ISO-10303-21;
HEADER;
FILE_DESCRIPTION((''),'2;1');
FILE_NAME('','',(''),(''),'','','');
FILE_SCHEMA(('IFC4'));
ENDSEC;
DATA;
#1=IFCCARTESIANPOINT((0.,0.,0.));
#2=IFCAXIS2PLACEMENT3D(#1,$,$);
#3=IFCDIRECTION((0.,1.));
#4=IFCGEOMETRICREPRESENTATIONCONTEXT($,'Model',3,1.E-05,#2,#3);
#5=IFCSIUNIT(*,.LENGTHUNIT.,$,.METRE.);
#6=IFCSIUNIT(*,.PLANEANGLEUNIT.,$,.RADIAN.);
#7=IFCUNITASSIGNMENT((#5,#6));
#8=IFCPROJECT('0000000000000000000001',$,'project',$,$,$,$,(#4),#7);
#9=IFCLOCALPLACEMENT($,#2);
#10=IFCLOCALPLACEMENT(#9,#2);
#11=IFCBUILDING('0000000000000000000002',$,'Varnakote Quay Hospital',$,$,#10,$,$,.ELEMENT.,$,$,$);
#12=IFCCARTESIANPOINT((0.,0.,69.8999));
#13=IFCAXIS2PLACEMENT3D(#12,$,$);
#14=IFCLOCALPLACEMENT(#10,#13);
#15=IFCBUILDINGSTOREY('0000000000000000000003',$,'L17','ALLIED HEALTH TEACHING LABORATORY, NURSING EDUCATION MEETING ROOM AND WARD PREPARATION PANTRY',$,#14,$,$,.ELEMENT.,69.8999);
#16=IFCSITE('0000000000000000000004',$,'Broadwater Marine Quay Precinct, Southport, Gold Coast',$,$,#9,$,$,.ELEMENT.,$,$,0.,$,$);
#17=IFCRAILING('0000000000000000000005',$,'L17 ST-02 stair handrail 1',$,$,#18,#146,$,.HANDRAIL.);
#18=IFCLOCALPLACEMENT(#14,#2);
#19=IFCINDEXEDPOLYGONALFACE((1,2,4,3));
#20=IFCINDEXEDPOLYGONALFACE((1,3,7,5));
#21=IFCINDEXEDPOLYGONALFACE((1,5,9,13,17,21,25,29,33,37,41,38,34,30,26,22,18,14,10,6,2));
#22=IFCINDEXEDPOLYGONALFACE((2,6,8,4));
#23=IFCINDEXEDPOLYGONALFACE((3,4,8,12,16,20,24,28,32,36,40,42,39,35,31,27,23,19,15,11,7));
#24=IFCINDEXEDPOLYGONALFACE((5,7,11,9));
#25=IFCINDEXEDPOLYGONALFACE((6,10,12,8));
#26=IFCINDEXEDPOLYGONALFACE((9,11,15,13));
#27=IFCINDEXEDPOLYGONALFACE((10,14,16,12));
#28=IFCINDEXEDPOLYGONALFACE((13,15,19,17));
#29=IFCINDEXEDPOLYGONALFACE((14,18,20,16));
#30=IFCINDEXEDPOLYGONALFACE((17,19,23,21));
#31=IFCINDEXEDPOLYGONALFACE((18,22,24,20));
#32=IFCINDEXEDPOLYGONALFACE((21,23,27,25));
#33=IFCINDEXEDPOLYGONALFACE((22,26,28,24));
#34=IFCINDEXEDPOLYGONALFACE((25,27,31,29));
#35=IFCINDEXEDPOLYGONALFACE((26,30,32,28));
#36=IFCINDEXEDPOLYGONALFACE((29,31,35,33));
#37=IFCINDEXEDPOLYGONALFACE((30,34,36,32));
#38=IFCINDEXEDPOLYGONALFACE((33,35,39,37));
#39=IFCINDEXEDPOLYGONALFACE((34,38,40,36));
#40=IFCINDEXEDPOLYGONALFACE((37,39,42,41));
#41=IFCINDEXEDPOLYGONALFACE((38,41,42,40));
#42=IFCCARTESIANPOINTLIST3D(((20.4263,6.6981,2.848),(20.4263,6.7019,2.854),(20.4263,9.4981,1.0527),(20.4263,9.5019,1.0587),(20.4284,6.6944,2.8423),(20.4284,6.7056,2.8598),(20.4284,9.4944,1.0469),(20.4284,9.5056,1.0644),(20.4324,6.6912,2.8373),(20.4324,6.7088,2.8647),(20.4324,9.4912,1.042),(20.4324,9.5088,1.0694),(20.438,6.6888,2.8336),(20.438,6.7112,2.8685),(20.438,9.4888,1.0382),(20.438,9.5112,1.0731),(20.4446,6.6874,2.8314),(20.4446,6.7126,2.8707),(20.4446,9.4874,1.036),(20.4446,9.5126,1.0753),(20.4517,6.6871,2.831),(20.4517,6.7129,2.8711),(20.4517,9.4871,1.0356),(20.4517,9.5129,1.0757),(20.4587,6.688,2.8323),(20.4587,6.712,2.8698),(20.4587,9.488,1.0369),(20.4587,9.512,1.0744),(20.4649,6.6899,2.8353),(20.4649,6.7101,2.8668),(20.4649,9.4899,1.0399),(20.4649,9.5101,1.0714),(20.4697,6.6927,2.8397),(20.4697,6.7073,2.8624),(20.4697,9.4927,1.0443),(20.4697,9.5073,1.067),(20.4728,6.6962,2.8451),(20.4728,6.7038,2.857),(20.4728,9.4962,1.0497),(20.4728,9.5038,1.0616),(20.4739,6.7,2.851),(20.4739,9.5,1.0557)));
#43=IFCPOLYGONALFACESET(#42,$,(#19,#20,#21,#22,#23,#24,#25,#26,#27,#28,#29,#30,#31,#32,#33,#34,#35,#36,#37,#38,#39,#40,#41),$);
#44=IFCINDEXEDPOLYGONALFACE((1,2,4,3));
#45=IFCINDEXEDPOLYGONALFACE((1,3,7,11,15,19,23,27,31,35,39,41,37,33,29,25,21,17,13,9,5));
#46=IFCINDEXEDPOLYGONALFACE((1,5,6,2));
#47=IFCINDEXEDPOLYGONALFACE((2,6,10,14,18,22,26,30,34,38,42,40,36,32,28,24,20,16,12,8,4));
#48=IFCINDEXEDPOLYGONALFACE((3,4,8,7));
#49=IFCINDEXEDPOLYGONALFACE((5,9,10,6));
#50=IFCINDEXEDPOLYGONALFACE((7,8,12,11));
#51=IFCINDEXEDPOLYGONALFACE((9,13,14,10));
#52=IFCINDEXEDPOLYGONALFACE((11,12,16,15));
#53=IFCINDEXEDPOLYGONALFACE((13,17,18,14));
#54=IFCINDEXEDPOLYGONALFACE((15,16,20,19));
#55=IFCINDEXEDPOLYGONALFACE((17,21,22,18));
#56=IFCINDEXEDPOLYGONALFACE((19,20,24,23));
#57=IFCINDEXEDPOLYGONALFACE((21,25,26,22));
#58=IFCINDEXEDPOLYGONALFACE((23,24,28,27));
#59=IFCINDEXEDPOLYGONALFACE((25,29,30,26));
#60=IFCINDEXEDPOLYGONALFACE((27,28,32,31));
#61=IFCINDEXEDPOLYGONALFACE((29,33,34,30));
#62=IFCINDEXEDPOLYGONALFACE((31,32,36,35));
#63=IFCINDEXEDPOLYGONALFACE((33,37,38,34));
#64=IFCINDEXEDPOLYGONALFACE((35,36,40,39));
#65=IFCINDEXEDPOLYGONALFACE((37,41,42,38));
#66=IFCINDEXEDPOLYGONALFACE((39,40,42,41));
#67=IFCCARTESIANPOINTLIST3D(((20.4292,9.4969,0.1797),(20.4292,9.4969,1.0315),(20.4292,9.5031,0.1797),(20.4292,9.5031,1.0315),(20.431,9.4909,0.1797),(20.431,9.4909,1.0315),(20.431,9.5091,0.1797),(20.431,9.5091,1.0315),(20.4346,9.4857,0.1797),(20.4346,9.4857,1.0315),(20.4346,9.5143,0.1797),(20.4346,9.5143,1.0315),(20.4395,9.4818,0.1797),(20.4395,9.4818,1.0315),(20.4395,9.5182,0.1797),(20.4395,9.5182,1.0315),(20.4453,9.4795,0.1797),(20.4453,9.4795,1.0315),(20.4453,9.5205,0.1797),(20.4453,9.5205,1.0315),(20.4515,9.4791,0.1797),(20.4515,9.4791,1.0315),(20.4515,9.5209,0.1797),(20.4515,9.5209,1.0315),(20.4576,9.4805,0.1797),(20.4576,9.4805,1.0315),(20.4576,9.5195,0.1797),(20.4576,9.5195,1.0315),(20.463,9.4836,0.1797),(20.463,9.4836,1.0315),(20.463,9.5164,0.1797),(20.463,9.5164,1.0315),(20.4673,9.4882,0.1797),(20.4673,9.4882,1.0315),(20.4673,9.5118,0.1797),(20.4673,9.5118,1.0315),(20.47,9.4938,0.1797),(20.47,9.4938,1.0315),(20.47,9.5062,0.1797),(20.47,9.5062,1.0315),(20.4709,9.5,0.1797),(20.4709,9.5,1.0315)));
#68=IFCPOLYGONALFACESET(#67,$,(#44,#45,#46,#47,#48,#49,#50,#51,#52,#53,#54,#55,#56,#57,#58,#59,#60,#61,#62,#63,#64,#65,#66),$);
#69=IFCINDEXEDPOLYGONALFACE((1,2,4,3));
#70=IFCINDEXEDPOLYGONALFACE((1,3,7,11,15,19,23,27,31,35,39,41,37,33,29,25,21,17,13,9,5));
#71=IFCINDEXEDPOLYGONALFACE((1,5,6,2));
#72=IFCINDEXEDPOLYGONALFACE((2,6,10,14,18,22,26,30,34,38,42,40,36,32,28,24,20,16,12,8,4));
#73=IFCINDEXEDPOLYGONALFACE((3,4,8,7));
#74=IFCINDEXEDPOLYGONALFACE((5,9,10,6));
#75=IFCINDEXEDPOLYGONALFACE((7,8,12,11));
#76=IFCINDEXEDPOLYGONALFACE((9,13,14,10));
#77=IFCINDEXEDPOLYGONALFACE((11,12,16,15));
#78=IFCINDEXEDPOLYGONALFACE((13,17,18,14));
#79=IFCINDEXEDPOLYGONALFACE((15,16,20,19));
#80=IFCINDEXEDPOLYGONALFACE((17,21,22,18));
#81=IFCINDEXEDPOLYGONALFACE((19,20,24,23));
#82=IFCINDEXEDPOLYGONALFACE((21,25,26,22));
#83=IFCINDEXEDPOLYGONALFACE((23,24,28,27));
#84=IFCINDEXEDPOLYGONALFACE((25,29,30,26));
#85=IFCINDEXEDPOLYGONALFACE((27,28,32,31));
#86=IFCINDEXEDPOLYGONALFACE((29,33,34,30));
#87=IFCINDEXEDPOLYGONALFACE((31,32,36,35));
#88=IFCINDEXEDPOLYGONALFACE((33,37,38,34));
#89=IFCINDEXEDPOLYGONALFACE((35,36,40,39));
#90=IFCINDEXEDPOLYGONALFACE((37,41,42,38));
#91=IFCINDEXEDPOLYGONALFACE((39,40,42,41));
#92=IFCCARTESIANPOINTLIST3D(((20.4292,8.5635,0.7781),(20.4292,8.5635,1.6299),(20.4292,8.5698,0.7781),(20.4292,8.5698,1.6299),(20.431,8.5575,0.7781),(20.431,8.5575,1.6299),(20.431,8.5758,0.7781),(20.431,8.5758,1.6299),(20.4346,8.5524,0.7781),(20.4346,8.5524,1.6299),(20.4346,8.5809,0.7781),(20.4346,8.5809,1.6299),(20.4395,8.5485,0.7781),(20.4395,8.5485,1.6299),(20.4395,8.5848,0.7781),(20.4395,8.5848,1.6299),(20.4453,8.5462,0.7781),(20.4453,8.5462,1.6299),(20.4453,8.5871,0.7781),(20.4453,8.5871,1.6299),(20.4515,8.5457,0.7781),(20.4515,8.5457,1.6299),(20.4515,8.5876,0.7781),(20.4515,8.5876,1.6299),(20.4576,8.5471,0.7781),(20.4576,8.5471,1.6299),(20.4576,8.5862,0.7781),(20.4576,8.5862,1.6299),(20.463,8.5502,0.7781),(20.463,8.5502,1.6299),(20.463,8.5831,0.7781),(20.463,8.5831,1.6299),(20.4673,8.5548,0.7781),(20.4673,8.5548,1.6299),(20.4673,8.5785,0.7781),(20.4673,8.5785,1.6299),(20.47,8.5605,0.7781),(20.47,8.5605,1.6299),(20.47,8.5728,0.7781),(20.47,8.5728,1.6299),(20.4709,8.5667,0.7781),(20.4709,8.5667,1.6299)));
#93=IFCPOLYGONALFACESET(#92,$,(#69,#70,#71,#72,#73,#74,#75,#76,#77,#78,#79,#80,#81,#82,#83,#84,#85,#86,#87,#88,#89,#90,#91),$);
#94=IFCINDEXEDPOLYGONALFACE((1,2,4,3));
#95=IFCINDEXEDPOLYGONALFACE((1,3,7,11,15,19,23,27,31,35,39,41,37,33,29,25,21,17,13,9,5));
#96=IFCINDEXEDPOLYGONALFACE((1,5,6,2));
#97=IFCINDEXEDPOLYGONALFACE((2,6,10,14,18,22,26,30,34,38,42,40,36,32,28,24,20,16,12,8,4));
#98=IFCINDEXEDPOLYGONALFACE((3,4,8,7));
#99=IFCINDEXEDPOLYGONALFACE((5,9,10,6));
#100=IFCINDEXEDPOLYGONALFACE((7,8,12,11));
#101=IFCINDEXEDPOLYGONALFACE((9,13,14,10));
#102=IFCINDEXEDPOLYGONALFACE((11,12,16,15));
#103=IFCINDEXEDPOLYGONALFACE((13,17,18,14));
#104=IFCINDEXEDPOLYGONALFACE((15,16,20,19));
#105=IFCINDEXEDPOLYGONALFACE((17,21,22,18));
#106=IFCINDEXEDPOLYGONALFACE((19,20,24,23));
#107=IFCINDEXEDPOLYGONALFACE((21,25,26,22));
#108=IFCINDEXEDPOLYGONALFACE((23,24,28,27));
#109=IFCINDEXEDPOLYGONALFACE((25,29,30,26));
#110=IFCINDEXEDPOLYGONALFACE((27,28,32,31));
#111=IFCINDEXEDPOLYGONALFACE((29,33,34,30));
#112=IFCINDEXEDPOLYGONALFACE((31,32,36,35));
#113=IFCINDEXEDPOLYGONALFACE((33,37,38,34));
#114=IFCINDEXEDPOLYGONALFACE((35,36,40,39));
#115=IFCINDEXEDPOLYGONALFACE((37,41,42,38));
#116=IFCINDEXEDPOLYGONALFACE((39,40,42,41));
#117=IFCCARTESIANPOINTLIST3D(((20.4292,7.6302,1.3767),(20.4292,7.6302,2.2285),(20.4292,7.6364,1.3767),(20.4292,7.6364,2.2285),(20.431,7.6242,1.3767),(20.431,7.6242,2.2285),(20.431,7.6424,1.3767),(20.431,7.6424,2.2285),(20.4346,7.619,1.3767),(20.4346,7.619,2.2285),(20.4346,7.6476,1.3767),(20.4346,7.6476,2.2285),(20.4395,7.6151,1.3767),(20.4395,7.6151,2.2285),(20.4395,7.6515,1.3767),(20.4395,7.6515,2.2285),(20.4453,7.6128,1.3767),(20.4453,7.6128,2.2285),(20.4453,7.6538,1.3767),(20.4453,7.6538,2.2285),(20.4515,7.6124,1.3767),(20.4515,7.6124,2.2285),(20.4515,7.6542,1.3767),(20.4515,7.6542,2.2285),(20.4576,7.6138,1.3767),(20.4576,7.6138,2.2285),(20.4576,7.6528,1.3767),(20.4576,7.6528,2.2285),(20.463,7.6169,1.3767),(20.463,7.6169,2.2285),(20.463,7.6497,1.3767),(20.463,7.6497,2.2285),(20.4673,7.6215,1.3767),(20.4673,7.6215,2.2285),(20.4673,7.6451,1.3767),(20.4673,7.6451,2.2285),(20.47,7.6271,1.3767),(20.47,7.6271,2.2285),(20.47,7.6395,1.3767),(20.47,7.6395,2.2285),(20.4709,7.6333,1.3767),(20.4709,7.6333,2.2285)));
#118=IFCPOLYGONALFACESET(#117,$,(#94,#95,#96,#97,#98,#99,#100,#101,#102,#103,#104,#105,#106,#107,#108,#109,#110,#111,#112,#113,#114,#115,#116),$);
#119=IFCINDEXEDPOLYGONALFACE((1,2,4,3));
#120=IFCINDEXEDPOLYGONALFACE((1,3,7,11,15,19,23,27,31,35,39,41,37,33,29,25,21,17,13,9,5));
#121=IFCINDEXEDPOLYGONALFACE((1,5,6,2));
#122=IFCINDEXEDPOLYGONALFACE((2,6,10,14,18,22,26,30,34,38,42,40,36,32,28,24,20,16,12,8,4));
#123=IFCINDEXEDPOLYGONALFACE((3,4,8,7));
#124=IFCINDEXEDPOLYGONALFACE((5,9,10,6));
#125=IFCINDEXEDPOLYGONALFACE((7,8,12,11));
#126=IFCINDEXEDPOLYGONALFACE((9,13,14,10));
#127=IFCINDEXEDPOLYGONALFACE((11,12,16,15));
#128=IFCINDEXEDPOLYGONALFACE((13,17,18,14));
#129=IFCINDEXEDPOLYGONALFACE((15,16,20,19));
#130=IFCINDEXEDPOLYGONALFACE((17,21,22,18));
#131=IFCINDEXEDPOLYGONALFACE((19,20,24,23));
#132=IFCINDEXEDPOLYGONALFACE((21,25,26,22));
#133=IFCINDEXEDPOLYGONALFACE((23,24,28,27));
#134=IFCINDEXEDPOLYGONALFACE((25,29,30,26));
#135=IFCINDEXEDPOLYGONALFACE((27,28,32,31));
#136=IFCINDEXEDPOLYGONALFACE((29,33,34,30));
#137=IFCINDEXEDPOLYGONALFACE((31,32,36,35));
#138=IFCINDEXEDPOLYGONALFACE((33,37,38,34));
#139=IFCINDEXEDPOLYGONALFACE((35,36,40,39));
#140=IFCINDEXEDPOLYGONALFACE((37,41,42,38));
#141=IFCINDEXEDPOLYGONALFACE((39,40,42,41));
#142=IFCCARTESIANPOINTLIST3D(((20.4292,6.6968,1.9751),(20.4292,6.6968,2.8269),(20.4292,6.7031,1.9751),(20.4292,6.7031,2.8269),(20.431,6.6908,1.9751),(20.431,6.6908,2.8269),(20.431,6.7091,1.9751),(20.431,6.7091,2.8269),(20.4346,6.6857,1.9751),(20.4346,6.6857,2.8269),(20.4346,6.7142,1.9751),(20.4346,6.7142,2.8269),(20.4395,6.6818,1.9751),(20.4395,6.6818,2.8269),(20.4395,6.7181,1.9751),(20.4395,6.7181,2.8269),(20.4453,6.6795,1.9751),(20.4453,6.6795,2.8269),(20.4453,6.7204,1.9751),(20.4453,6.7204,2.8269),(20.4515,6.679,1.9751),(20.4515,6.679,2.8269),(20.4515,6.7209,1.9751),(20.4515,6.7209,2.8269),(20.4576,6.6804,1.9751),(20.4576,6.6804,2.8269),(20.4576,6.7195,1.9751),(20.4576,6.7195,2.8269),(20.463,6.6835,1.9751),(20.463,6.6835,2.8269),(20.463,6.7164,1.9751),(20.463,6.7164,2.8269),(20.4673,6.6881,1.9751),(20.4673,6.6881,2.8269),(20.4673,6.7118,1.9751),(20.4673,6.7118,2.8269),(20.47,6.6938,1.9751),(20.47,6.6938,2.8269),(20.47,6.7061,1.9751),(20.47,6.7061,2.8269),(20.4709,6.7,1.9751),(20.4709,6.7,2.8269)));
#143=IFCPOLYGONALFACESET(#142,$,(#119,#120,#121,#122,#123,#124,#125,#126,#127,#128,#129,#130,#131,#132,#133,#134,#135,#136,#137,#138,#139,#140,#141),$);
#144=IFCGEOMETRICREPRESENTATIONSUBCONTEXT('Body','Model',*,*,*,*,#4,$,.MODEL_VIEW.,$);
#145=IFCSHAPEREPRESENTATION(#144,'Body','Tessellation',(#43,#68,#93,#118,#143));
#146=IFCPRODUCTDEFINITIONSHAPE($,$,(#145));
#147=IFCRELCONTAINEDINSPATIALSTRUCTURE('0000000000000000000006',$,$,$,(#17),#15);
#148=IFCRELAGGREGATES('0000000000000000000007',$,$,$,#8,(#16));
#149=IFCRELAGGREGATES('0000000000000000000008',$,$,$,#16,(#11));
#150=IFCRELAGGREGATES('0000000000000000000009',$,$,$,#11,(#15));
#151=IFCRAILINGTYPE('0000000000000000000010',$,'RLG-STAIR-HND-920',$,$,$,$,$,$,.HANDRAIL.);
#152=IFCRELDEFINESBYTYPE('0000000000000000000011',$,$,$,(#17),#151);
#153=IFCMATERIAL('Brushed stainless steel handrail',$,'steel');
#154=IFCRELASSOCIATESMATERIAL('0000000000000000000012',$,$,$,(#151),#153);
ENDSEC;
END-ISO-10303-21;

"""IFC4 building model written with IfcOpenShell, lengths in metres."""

from ifc_helpers import new_model, si_unit, direction, frame, origin, origin_2d, place, context, subcontext, project, spatial, circle, extrude, material, type_object, element, save


model = new_model("IFC4")

# Units and contexts
model_context = context("Model", 3, precision=1e-05, world=origin(), true_north=direction((0.0, 1.0)))
body_context = subcontext(model_context, "Body", "Model", "MODEL_VIEW")
ifc_project = project(units=[si_unit("LENGTHUNIT", "METRE"), si_unit("PLANEANGLEUNIT", "RADIAN")], contexts=[model_context])

# Site, building, storey
site_placement = place(None, origin())
site = spatial("IfcSite", under=ifc_project, at=site_placement, Name="Broadwater Marine Quay Precinct, Southport, Gold Coast", CompositionType="ELEMENT", RefElevation=0.0)
building_placement = place(site_placement, origin())
building = spatial("IfcBuilding", under=site, at=building_placement, Name="Varnakote Quay Hospital", CompositionType="ELEMENT")
storey_placement = place(building_placement, frame((0.0, 0.0, 69.8999)))
storey = spatial("IfcBuildingStorey", under=building, at=storey_placement, Name="L17", Description="ALLIED HEALTH TEACHING LABORATORY, NURSING EDUCATION MEETING ROOM AND WARD PREPARATION PANTRY", CompositionType="ELEMENT", Elevation=69.8999)

# Railing
ifc_material_1 = material(Name="Brushed stainless steel handrail", Category="steel")
railing_type_1 = type_object("IfcRailingType", Name="RLG-STAIR-HND-920", PredefinedType="HANDRAIL", material=ifc_material_1)
railing_1_placement = place(storey_placement, frame((20.45, 9.5, 0.1797)))
element("IfcRailing", 1, at=railing_1_placement, inside=storey, type_object=railing_type_1, Name="L17 ST-02 stair handrail 1", PredefinedType="HANDRAIL", context=body_context, shape_type="SweptSolid", body=[
    extrude(circle(Radius=0.0239, at=origin_2d()), frame((0.0, 0.0, 0.876), z_axis=(0.0, -0.84181, 0.539774), x_axis=(1.0, 0.0, 0.0)), (0.0, 0.0, 1.0), 3.3262),
    extrude(circle(Radius=0.021, at=origin_2d()), origin(), (0.0, 0.0, 1.0), 0.8518),
    extrude(circle(Radius=0.021, at=origin_2d()), frame((0.0, -0.9333, 0.5984)), (0.0, 0.0, 1.0), 0.8518),
    extrude(circle(Radius=0.021, at=origin_2d()), frame((0.0, -1.8667, 1.197)), (0.0, 0.0, 1.0), 0.8518),
    extrude(circle(Radius=0.021, at=origin_2d()), frame((0.0, -2.8, 1.7954)), (0.0, 0.0, 1.0), 0.8518),
])

save(model, "model.ifc")
